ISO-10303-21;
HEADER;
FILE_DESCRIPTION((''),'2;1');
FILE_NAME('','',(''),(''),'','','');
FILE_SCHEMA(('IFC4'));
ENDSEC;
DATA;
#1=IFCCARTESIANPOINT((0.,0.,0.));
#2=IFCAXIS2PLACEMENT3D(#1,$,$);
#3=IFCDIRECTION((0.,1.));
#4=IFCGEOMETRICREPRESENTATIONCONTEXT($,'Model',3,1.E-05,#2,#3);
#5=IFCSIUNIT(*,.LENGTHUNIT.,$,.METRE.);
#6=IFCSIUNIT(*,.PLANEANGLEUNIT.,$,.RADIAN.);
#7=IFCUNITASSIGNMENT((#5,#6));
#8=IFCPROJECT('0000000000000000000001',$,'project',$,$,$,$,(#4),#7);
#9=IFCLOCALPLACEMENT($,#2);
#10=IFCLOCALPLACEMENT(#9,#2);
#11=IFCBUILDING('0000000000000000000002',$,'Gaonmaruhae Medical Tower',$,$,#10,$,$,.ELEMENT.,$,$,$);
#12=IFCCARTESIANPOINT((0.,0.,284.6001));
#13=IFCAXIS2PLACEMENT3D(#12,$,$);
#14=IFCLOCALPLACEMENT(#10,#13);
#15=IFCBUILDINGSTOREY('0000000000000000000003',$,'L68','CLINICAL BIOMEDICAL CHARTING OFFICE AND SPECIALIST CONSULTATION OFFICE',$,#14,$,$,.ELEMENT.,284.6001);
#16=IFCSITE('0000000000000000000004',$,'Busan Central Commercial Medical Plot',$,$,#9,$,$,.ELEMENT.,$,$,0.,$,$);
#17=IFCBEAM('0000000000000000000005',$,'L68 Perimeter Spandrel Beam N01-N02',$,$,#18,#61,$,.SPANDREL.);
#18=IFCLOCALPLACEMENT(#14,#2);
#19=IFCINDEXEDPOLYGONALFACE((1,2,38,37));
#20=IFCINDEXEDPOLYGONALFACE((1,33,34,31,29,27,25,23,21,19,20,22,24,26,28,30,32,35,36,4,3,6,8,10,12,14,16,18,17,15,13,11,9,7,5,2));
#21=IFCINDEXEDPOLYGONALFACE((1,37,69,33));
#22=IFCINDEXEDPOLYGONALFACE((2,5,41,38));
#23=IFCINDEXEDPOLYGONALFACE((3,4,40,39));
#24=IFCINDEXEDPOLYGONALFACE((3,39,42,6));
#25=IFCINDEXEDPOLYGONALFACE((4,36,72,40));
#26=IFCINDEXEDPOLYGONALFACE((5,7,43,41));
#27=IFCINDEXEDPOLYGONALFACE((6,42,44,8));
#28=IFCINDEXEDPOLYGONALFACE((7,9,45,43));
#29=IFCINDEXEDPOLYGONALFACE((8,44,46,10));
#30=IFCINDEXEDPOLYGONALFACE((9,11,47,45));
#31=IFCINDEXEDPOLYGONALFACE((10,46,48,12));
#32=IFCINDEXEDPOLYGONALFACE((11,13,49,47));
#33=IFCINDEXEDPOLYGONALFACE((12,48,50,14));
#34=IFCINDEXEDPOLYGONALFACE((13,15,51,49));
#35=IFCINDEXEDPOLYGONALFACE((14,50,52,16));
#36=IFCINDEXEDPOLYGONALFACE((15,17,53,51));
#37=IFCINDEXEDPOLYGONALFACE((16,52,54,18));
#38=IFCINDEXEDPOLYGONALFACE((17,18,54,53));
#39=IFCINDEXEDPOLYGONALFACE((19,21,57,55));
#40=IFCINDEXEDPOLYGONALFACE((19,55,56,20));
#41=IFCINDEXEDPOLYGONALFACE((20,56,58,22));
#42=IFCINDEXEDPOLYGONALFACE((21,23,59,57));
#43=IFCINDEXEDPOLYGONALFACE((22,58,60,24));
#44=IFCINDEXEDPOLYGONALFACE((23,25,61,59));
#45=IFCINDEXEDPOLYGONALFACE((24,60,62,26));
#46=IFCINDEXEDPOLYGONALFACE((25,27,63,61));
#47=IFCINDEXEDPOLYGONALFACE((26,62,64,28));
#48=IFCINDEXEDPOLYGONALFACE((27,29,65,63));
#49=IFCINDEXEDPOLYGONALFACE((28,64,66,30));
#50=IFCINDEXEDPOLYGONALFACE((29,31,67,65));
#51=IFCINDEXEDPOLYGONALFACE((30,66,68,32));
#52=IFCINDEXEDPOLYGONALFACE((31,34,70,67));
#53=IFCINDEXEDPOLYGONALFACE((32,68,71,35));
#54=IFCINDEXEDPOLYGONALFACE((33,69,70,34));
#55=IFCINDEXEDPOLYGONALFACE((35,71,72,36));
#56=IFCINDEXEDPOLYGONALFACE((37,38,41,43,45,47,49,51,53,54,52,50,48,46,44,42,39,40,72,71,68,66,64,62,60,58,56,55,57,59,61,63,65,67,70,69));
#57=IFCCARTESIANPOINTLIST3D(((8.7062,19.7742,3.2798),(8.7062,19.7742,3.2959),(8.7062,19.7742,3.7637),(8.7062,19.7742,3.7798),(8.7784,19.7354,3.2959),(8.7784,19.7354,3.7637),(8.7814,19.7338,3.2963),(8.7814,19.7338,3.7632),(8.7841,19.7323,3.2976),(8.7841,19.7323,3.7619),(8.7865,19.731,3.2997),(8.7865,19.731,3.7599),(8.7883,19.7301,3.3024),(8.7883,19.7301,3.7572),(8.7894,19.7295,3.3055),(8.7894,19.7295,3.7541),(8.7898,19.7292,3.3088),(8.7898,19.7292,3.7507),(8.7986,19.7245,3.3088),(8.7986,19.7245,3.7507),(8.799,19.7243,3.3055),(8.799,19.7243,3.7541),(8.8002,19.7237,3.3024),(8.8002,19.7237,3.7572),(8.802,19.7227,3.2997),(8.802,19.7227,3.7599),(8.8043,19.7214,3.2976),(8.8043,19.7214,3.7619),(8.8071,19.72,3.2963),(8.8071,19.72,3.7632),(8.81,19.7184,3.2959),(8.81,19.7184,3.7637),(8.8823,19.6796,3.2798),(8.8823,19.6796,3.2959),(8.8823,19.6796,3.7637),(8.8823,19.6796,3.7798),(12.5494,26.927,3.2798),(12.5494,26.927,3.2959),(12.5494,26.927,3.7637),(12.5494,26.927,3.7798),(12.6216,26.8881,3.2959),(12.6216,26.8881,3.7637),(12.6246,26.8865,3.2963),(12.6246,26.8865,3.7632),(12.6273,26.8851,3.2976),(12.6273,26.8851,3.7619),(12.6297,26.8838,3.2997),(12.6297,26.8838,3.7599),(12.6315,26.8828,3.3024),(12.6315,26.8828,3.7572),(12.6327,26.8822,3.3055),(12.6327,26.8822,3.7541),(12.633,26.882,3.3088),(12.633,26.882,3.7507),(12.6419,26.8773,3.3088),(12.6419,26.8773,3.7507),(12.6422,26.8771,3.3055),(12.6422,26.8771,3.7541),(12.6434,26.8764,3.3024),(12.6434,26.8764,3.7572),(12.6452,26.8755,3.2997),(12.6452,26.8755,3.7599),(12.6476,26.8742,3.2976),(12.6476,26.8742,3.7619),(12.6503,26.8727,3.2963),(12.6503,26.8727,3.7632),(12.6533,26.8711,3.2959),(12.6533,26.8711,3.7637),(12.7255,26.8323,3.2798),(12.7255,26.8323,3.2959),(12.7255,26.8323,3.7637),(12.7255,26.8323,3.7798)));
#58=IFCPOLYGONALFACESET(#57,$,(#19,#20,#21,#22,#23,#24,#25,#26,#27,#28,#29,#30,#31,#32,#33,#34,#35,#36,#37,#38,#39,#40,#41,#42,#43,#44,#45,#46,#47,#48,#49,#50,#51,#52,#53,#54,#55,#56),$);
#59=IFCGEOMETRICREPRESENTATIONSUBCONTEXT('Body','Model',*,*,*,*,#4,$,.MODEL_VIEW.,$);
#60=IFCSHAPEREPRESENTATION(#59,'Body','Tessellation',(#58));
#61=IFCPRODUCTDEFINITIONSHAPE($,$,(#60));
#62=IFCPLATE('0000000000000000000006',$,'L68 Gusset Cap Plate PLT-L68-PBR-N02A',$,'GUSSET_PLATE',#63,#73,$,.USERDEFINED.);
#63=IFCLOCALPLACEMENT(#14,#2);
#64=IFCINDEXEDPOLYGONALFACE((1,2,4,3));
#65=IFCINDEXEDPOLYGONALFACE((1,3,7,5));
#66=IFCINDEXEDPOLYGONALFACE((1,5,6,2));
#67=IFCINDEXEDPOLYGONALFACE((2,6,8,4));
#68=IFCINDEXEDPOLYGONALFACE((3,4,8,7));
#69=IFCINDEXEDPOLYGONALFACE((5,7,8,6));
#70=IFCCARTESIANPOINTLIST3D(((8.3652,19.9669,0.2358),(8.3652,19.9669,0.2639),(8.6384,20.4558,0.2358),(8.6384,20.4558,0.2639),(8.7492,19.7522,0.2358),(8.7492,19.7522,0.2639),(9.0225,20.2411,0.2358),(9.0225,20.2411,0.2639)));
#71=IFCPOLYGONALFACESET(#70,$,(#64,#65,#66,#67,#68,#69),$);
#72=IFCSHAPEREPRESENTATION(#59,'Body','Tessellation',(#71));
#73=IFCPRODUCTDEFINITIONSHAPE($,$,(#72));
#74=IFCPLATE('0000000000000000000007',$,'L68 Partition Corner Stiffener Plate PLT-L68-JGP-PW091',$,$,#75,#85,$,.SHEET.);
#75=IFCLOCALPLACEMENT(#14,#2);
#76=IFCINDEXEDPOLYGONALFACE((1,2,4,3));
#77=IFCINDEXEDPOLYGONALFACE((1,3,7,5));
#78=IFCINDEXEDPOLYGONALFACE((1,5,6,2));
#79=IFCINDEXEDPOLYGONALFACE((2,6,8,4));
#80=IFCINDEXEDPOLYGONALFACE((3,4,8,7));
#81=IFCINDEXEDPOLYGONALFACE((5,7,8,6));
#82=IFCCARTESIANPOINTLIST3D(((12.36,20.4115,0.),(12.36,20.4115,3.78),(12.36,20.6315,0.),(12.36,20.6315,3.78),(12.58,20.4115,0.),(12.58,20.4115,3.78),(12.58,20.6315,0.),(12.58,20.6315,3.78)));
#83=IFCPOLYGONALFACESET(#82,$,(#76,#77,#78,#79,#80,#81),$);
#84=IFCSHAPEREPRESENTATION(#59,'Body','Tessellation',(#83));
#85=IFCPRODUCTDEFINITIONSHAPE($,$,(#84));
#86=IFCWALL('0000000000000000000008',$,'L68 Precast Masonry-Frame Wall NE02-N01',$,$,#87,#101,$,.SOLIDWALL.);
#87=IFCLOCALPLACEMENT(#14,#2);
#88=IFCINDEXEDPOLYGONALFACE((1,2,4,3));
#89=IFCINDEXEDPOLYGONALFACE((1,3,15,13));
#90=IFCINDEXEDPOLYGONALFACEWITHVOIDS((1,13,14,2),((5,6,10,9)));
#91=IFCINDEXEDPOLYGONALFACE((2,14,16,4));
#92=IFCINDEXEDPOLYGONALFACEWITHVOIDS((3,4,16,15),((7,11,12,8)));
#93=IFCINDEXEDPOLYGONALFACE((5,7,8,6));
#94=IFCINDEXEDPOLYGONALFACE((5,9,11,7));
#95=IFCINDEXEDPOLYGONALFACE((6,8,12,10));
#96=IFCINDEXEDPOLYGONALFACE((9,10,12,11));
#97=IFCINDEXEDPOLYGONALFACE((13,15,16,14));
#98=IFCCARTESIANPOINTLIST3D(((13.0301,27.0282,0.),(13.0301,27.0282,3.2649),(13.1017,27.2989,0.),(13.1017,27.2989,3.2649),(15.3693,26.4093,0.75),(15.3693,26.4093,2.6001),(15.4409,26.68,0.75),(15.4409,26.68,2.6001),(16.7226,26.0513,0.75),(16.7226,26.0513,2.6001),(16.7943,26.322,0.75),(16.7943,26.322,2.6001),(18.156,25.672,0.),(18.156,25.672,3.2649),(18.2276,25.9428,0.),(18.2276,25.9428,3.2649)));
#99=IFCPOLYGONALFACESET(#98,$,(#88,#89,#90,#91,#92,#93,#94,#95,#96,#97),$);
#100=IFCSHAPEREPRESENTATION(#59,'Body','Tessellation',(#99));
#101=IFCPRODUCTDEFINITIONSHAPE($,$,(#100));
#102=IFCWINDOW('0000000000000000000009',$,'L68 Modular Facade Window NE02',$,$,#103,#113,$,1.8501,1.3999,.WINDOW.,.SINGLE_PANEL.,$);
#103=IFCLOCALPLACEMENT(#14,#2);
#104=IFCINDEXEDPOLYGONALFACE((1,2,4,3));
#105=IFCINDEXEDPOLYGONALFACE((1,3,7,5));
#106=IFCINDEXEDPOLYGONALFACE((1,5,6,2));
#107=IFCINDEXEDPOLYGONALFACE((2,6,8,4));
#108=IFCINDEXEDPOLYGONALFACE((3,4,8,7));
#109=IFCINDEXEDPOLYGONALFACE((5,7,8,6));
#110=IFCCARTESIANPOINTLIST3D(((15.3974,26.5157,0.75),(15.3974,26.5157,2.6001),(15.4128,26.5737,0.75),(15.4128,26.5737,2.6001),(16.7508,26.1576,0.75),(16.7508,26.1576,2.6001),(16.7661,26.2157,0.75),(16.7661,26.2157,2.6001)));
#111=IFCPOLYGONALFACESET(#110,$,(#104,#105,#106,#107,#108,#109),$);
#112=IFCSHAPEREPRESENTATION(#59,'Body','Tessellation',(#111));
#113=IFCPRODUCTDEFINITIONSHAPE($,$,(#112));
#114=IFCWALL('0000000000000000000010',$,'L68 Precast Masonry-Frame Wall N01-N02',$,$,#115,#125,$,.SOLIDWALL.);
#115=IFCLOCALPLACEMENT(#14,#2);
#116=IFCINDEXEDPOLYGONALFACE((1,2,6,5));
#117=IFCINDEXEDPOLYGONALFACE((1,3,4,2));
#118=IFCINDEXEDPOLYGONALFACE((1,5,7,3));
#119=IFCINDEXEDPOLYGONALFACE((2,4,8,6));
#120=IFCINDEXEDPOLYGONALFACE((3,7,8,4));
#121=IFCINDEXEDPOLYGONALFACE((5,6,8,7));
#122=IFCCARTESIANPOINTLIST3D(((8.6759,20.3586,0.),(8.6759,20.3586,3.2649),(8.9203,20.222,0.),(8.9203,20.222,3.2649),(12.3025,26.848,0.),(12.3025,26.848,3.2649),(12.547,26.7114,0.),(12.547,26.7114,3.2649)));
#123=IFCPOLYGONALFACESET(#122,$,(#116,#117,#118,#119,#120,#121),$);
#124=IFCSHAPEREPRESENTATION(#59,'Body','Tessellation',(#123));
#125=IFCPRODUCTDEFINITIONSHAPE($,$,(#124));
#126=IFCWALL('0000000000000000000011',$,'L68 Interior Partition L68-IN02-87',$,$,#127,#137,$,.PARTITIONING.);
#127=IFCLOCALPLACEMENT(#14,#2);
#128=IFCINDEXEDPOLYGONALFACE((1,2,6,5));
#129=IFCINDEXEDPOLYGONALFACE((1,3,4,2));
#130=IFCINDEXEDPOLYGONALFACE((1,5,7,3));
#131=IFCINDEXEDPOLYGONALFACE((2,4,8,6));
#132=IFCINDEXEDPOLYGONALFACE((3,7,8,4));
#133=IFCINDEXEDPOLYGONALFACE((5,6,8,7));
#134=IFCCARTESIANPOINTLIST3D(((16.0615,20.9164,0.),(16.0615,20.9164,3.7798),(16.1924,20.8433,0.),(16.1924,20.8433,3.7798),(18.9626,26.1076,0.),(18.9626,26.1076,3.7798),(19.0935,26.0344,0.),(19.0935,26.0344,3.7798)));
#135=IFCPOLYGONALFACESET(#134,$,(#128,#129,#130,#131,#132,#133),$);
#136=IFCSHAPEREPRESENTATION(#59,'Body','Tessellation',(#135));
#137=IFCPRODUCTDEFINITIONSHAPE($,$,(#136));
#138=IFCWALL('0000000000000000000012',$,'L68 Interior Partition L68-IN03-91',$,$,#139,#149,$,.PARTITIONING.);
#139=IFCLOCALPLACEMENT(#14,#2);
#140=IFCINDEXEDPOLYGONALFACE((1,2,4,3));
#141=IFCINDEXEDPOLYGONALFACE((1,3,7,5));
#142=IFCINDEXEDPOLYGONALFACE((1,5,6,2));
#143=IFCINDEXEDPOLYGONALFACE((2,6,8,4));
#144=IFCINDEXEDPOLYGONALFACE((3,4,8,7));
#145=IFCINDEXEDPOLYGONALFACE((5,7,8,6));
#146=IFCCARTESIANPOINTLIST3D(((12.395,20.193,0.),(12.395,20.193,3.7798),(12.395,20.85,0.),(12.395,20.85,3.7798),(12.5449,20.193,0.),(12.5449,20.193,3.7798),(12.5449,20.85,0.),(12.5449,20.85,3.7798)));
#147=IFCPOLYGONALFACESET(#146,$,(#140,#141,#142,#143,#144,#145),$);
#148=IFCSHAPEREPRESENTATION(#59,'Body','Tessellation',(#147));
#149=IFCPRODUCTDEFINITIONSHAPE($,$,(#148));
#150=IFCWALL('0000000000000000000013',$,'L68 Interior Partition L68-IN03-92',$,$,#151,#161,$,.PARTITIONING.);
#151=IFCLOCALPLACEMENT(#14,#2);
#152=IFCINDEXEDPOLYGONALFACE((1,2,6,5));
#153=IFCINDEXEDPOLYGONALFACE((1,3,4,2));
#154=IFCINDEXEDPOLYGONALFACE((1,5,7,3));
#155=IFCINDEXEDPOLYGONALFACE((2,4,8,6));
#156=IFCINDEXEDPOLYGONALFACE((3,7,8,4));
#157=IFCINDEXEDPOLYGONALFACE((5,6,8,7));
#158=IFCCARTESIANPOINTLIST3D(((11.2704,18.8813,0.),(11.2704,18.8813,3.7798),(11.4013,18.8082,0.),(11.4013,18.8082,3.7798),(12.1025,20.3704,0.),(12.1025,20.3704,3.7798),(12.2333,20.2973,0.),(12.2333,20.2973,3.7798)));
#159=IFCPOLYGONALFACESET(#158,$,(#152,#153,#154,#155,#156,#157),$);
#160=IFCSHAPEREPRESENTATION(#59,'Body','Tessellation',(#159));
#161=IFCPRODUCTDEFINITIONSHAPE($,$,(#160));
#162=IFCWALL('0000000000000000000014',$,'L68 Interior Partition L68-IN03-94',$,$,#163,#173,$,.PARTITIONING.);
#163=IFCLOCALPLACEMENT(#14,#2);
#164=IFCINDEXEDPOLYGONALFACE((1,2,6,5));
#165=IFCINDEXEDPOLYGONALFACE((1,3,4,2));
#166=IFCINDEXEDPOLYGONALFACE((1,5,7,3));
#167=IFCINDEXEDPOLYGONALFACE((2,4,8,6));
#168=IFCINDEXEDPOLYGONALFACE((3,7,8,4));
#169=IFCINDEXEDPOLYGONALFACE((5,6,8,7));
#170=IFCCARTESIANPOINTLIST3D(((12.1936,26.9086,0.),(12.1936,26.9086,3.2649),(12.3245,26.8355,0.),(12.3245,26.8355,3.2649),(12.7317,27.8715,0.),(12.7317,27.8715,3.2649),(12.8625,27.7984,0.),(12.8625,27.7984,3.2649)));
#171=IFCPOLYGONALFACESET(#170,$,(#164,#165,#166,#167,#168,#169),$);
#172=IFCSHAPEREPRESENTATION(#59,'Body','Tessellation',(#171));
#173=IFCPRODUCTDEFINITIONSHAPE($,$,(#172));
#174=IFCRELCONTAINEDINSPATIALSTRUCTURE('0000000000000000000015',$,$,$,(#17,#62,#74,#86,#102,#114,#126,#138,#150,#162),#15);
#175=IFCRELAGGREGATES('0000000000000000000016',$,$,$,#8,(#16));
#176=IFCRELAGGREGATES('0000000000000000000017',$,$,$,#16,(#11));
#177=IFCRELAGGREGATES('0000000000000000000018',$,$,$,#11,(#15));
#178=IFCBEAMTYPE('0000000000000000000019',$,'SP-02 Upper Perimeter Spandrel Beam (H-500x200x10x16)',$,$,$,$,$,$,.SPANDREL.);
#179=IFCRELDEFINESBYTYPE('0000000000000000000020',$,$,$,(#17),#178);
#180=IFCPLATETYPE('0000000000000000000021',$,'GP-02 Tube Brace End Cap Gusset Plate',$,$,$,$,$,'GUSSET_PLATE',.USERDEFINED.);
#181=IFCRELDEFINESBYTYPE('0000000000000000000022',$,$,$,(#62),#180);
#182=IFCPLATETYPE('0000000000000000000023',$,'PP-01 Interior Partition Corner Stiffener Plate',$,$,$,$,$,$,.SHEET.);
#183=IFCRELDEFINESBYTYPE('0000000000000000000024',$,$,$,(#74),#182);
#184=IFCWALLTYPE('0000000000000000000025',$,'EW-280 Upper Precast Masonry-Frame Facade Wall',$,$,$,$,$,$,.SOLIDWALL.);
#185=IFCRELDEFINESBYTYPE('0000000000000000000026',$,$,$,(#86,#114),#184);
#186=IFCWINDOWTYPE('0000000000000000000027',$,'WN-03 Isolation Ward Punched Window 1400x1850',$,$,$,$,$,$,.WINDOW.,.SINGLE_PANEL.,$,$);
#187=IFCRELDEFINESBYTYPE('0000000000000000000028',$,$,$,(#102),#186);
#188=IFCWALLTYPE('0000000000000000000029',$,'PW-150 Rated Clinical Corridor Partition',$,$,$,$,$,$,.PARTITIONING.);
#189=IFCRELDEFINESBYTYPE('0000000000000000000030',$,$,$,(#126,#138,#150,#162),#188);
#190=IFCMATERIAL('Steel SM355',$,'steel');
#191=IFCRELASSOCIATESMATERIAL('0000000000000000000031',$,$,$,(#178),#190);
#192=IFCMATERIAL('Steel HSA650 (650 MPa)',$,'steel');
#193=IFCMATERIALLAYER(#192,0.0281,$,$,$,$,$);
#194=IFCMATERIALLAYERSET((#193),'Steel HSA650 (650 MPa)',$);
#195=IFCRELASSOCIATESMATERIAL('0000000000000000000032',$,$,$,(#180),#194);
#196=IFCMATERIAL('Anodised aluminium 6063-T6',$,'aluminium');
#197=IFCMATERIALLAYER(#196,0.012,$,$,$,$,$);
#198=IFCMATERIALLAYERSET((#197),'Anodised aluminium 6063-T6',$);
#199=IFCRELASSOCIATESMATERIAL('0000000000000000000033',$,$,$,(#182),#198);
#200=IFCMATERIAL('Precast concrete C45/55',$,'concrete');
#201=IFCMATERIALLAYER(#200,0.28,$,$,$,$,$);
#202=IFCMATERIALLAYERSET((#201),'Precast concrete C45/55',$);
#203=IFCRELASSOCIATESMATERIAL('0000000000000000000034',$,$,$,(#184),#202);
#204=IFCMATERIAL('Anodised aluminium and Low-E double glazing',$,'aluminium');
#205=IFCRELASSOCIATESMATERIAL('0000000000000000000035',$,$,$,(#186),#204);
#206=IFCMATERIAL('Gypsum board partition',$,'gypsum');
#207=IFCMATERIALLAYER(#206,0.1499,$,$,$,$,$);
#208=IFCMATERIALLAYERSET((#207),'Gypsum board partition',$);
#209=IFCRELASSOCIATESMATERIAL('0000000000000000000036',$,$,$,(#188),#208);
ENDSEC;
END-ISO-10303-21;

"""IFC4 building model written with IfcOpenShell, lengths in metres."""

from ifc_helpers import new_model, si_unit, direction, frame, frame_2d, origin, origin_2d, place, context, subcontext, project, spatial, rectangle, i_section, extrude, material, layer, layer_set, material_profile, profile_set, type_object, element, fill, save


model = new_model("IFC4")

# Units and contexts
model_context = context("Model", 3, precision=1e-05, world=origin(), true_north=direction((0.0, 1.0)))
body_context = subcontext(model_context, "Body", "Model", "MODEL_VIEW")
ifc_project = project(units=[si_unit("LENGTHUNIT", "METRE"), si_unit("PLANEANGLEUNIT", "RADIAN")], contexts=[model_context])

# Site, building, storey
site_placement = place(None, origin())
site = spatial("IfcSite", under=ifc_project, at=site_placement, Name="Busan Central Commercial Medical Plot", CompositionType="ELEMENT", RefElevation=0.0)
building_placement = place(site_placement, origin())
building = spatial("IfcBuilding", under=site, at=building_placement, Name="Gaonmaruhae Medical Tower", CompositionType="ELEMENT")
storey_placement = place(building_placement, frame((0.0, 0.0, 284.6001)))
storey = spatial("IfcBuildingStorey", under=building, at=storey_placement, Name="L68", Description="CLINICAL BIOMEDICAL CHARTING OFFICE AND SPECIALIST CONSULTATION OFFICE", CompositionType="ELEMENT", Elevation=284.6001)

# Shared definitions
ifc_material_1 = material(Name="Steel SM355", Category="steel")

# Beam
ifc_material_profile_1 = material_profile(ifc_material_1, i_section(OverallWidth=0.2, OverallDepth=0.5, WebThickness=0.01, FlangeThickness=0.0161, FilletRadius=0.0129, at=origin_2d()), Name="H-500x200x10x16")
ifc_profile_set_1 = profile_set([ifc_material_profile_1], Name="Steel SM355")
beam_type_1 = type_object("IfcBeamType", Name="SP-02 Upper Perimeter Spandrel Beam (H-500x200x10x16)", PredefinedType="SPANDREL", material=ifc_profile_set_1)
beam_1_placement = place(storey_placement, frame((12.6375, 26.8796, 3.5298), z_axis=(-0.473311, -0.880896, 0.0), x_axis=(0.880896, -0.473311, 0.0)))
element("IfcBeam", 1, at=beam_1_placement, inside=storey, type_object=beam_type_1, Name="L68 Perimeter Spandrel Beam N01-N02", PredefinedType="SPANDREL", context=body_context, shape_type="SweptSolid", body=[
    extrude(i_section(OverallWidth=0.2, OverallDepth=0.5, WebThickness=0.01, FlangeThickness=0.0161, FilletRadius=0.0129, at=origin_2d()), origin(), (0.0, 0.0, 1.0), 8.1199),
])

# Plates
ifc_material_2 = material(Name="Steel HSA650 (650 MPa)", Category="steel")
ifc_layer_1 = layer(ifc_material_2, 0.0281)
ifc_layer_set_1 = layer_set([ifc_layer_1], Name="Steel HSA650 (650 MPa)")
plate_type_1 = type_object("IfcPlateType", Name="GP-02 Tube Brace End Cap Gusset Plate", ElementType="GUSSET_PLATE", PredefinedType="USERDEFINED", material=ifc_layer_set_1)
plate_1_placement = place(storey_placement, frame((8.6938, 20.104, 0.2358), z_axis=(0.0, 0.0, 1.0), x_axis=(0.48786, 0.872922, 0.0)))
element("IfcPlate", 2, at=plate_1_placement, inside=storey, type_object=plate_type_1, Name="L68 Gusset Cap Plate PLT-L68-PBR-N02A", ObjectType="GUSSET_PLATE", PredefinedType="USERDEFINED", context=body_context, shape_type="SweptSolid", body=[
    extrude(rectangle(XDim=0.5601, YDim=0.4399, at=origin_2d()), origin(), (0.0, 0.0, 1.0), 0.0281),
])
ifc_material_3 = material(Name="Anodised aluminium 6063-T6", Category="aluminium")
ifc_layer_2 = layer(ifc_material_3, 0.012)
ifc_layer_set_2 = layer_set([ifc_layer_2], Name="Anodised aluminium 6063-T6")
plate_type_2 = type_object("IfcPlateType", Name="PP-01 Interior Partition Corner Stiffener Plate", PredefinedType="SHEET", material=ifc_layer_set_2)
plate_2_placement = place(storey_placement, frame((12.47, 20.5215, 0.0), z_axis=(0.0, 0.0, 1.0), x_axis=(0.0, -1.0, 0.0)))
element("IfcPlate", 3, at=plate_2_placement, inside=storey, type_object=plate_type_2, Name="L68 Partition Corner Stiffener Plate PLT-L68-JGP-PW091", PredefinedType="SHEET", context=body_context, shape_type="SweptSolid", body=[
    extrude(rectangle(XDim=0.22, YDim=0.22, at=origin_2d()), origin(), (0.0, 0.0, 1.0), 3.78),
])

# Wall, opening, window
ifc_material_4 = material(Name="Precast concrete C45/55", Category="concrete")
ifc_layer_3 = layer(ifc_material_4, 0.28)
ifc_layer_set_3 = layer_set([ifc_layer_3], Name="Precast concrete C45/55")
wall_type_1 = type_object("IfcWallType", Name="EW-280 Upper Precast Masonry-Frame Facade Wall", PredefinedType="SOLIDWALL", material=ifc_layer_set_3)
wall_1_placement = place(storey_placement, frame((13.0659, 27.1636, 0.0), z_axis=(0.0, 0.0, 1.0), x_axis=(0.966737, -0.255774, 0.0)))
wall_1 = element("IfcWall", 4, at=wall_1_placement, inside=storey, type_object=wall_type_1, Name="L68 Precast Masonry-Frame Wall NE02-N01", PredefinedType="SOLIDWALL", context=body_context, shape_type="SweptSolid", body=[
    extrude(rectangle(XDim=5.3022, YDim=0.28, at=frame_2d((2.6511, 0.0))), origin(), (0.0, 0.0, 1.0), 3.2649),
])
opening_1_placement = place(wall_1_placement, frame((2.4197, 0.0, 0.75)))
opening_1 = element("IfcOpeningElement", 5, at=opening_1_placement, cuts=wall_1, PredefinedType="OPENING", context=body_context, shape_type="SweptSolid", body=[
    extrude(rectangle(XDim=1.3999, YDim=1.8501, at=frame_2d((0.7, 0.925))), frame((0.0, 0.1499, 0.0), z_axis=(0.0, -1.0, 0.0), x_axis=(1.0, 0.0, 0.0)), (0.0, 0.0, 1.0), 0.3),
])
ifc_material_5 = material(Name="Anodised aluminium and Low-E double glazing", Category="aluminium")
window_type = type_object("IfcWindowType", Name="WN-03 Isolation Ward Punched Window 1400x1850", PartitioningType="SINGLE_PANEL", PredefinedType="WINDOW", material=ifc_material_5)
window_placement = place(opening_1_placement, origin())
window = element("IfcWindow", 6, at=window_placement, inside=storey, type_object=window_type, Name="L68 Modular Facade Window NE02", OverallHeight=1.8501, OverallWidth=1.3999, PartitioningType="SINGLE_PANEL", PredefinedType="WINDOW", context=body_context, shape_type="SweptSolid", body=[
    extrude(rectangle(XDim=1.3999, YDim=1.8501, at=frame_2d((0.7, 0.925))), frame((0.0, 0.03, 0.0), z_axis=(0.0, -1.0, 0.0), x_axis=(1.0, 0.0, 0.0)), (0.0, 0.0, 1.0), 0.0601),
])
fill(opening_1, window)

# Walls
wall_2_placement = place(storey_placement, frame((8.7981, 20.2903, 0.0), z_axis=(0.0, 0.0, 1.0), x_axis=(0.487844, 0.872931, 0.0)))
element("IfcWall", 7, at=wall_2_placement, inside=storey, type_object=wall_type_1, Name="L68 Precast Masonry-Frame Wall N01-N02", PredefinedType="SOLIDWALL", context=body_context, shape_type="SweptSolid", body=[
    extrude(rectangle(XDim=7.4341, YDim=0.28, at=frame_2d((3.717, 0.0))), origin(), (0.0, 0.0, 1.0), 3.2649),
])
ifc_material_6 = material(Name="Gypsum board partition", Category="gypsum")
ifc_layer_4 = layer(ifc_material_6, 0.1499)
ifc_layer_set_4 = layer_set([ifc_layer_4], Name="Gypsum board partition")
wall_type_2 = type_object("IfcWallType", Name="PW-150 Rated Clinical Corridor Partition", PredefinedType="PARTITIONING", material=ifc_layer_set_4)
wall_3_placement = place(storey_placement, frame((16.127, 20.8799, 0.0), z_axis=(0.0, 0.0, 1.0), x_axis=(0.487844, 0.872931, 0.0)))
element("IfcWall", 8, at=wall_3_placement, inside=storey, type_object=wall_type_2, Name="L68 Interior Partition L68-IN02-87", PredefinedType="PARTITIONING", context=body_context, shape_type="SweptSolid", body=[
    extrude(rectangle(XDim=5.9468, YDim=0.1499, at=frame_2d((2.9734, 0.0))), origin(), (0.0, 0.0, 1.0), 3.7798),
])
wall_4_placement = place(storey_placement, frame((12.47, 20.8501, 0.0), z_axis=(0.0, 0.0, 1.0), x_axis=(0.0, -1.0, 0.0)))
element("IfcWall", 9, at=wall_4_placement, inside=storey, type_object=wall_type_2, Name="L68 Interior Partition L68-IN03-91", PredefinedType="PARTITIONING", context=body_context, shape_type="SweptSolid", body=[
    extrude(rectangle(XDim=0.657, YDim=0.1499, at=frame_2d((0.3286, 0.0))), origin(), (0.0, 0.0, 1.0), 3.7798),
])
wall_5_placement = place(storey_placement, frame((12.168, 20.334, 0.0), z_axis=(0.0, 0.0, 1.0), x_axis=(-0.487792, -0.87296, 0.0)))
element("IfcWall", 10, at=wall_5_placement, inside=storey, type_object=wall_type_2, Name="L68 Interior Partition L68-IN03-92", PredefinedType="PARTITIONING", context=body_context, shape_type="SweptSolid", body=[
    extrude(rectangle(XDim=1.7058, YDim=0.1499, at=frame_2d((0.853, 0.0))), origin(), (0.0, 0.0, 1.0), 3.7798),
])
wall_6_placement = place(storey_placement, frame((12.259, 26.8721, 0.0), z_axis=(0.0, 0.0, 1.0), x_axis=(0.487821, 0.872943, 0.0)))
element("IfcWall", 11, at=wall_6_placement, inside=storey, type_object=wall_type_2, Name="L68 Interior Partition L68-IN03-94", PredefinedType="PARTITIONING", context=body_context, shape_type="SweptSolid", body=[
    extrude(rectangle(XDim=1.103, YDim=0.1499, at=frame_2d((0.5515, 0.0))), origin(), (0.0, 0.0, 1.0), 3.2649),
])

save(model, "model.ifc")
